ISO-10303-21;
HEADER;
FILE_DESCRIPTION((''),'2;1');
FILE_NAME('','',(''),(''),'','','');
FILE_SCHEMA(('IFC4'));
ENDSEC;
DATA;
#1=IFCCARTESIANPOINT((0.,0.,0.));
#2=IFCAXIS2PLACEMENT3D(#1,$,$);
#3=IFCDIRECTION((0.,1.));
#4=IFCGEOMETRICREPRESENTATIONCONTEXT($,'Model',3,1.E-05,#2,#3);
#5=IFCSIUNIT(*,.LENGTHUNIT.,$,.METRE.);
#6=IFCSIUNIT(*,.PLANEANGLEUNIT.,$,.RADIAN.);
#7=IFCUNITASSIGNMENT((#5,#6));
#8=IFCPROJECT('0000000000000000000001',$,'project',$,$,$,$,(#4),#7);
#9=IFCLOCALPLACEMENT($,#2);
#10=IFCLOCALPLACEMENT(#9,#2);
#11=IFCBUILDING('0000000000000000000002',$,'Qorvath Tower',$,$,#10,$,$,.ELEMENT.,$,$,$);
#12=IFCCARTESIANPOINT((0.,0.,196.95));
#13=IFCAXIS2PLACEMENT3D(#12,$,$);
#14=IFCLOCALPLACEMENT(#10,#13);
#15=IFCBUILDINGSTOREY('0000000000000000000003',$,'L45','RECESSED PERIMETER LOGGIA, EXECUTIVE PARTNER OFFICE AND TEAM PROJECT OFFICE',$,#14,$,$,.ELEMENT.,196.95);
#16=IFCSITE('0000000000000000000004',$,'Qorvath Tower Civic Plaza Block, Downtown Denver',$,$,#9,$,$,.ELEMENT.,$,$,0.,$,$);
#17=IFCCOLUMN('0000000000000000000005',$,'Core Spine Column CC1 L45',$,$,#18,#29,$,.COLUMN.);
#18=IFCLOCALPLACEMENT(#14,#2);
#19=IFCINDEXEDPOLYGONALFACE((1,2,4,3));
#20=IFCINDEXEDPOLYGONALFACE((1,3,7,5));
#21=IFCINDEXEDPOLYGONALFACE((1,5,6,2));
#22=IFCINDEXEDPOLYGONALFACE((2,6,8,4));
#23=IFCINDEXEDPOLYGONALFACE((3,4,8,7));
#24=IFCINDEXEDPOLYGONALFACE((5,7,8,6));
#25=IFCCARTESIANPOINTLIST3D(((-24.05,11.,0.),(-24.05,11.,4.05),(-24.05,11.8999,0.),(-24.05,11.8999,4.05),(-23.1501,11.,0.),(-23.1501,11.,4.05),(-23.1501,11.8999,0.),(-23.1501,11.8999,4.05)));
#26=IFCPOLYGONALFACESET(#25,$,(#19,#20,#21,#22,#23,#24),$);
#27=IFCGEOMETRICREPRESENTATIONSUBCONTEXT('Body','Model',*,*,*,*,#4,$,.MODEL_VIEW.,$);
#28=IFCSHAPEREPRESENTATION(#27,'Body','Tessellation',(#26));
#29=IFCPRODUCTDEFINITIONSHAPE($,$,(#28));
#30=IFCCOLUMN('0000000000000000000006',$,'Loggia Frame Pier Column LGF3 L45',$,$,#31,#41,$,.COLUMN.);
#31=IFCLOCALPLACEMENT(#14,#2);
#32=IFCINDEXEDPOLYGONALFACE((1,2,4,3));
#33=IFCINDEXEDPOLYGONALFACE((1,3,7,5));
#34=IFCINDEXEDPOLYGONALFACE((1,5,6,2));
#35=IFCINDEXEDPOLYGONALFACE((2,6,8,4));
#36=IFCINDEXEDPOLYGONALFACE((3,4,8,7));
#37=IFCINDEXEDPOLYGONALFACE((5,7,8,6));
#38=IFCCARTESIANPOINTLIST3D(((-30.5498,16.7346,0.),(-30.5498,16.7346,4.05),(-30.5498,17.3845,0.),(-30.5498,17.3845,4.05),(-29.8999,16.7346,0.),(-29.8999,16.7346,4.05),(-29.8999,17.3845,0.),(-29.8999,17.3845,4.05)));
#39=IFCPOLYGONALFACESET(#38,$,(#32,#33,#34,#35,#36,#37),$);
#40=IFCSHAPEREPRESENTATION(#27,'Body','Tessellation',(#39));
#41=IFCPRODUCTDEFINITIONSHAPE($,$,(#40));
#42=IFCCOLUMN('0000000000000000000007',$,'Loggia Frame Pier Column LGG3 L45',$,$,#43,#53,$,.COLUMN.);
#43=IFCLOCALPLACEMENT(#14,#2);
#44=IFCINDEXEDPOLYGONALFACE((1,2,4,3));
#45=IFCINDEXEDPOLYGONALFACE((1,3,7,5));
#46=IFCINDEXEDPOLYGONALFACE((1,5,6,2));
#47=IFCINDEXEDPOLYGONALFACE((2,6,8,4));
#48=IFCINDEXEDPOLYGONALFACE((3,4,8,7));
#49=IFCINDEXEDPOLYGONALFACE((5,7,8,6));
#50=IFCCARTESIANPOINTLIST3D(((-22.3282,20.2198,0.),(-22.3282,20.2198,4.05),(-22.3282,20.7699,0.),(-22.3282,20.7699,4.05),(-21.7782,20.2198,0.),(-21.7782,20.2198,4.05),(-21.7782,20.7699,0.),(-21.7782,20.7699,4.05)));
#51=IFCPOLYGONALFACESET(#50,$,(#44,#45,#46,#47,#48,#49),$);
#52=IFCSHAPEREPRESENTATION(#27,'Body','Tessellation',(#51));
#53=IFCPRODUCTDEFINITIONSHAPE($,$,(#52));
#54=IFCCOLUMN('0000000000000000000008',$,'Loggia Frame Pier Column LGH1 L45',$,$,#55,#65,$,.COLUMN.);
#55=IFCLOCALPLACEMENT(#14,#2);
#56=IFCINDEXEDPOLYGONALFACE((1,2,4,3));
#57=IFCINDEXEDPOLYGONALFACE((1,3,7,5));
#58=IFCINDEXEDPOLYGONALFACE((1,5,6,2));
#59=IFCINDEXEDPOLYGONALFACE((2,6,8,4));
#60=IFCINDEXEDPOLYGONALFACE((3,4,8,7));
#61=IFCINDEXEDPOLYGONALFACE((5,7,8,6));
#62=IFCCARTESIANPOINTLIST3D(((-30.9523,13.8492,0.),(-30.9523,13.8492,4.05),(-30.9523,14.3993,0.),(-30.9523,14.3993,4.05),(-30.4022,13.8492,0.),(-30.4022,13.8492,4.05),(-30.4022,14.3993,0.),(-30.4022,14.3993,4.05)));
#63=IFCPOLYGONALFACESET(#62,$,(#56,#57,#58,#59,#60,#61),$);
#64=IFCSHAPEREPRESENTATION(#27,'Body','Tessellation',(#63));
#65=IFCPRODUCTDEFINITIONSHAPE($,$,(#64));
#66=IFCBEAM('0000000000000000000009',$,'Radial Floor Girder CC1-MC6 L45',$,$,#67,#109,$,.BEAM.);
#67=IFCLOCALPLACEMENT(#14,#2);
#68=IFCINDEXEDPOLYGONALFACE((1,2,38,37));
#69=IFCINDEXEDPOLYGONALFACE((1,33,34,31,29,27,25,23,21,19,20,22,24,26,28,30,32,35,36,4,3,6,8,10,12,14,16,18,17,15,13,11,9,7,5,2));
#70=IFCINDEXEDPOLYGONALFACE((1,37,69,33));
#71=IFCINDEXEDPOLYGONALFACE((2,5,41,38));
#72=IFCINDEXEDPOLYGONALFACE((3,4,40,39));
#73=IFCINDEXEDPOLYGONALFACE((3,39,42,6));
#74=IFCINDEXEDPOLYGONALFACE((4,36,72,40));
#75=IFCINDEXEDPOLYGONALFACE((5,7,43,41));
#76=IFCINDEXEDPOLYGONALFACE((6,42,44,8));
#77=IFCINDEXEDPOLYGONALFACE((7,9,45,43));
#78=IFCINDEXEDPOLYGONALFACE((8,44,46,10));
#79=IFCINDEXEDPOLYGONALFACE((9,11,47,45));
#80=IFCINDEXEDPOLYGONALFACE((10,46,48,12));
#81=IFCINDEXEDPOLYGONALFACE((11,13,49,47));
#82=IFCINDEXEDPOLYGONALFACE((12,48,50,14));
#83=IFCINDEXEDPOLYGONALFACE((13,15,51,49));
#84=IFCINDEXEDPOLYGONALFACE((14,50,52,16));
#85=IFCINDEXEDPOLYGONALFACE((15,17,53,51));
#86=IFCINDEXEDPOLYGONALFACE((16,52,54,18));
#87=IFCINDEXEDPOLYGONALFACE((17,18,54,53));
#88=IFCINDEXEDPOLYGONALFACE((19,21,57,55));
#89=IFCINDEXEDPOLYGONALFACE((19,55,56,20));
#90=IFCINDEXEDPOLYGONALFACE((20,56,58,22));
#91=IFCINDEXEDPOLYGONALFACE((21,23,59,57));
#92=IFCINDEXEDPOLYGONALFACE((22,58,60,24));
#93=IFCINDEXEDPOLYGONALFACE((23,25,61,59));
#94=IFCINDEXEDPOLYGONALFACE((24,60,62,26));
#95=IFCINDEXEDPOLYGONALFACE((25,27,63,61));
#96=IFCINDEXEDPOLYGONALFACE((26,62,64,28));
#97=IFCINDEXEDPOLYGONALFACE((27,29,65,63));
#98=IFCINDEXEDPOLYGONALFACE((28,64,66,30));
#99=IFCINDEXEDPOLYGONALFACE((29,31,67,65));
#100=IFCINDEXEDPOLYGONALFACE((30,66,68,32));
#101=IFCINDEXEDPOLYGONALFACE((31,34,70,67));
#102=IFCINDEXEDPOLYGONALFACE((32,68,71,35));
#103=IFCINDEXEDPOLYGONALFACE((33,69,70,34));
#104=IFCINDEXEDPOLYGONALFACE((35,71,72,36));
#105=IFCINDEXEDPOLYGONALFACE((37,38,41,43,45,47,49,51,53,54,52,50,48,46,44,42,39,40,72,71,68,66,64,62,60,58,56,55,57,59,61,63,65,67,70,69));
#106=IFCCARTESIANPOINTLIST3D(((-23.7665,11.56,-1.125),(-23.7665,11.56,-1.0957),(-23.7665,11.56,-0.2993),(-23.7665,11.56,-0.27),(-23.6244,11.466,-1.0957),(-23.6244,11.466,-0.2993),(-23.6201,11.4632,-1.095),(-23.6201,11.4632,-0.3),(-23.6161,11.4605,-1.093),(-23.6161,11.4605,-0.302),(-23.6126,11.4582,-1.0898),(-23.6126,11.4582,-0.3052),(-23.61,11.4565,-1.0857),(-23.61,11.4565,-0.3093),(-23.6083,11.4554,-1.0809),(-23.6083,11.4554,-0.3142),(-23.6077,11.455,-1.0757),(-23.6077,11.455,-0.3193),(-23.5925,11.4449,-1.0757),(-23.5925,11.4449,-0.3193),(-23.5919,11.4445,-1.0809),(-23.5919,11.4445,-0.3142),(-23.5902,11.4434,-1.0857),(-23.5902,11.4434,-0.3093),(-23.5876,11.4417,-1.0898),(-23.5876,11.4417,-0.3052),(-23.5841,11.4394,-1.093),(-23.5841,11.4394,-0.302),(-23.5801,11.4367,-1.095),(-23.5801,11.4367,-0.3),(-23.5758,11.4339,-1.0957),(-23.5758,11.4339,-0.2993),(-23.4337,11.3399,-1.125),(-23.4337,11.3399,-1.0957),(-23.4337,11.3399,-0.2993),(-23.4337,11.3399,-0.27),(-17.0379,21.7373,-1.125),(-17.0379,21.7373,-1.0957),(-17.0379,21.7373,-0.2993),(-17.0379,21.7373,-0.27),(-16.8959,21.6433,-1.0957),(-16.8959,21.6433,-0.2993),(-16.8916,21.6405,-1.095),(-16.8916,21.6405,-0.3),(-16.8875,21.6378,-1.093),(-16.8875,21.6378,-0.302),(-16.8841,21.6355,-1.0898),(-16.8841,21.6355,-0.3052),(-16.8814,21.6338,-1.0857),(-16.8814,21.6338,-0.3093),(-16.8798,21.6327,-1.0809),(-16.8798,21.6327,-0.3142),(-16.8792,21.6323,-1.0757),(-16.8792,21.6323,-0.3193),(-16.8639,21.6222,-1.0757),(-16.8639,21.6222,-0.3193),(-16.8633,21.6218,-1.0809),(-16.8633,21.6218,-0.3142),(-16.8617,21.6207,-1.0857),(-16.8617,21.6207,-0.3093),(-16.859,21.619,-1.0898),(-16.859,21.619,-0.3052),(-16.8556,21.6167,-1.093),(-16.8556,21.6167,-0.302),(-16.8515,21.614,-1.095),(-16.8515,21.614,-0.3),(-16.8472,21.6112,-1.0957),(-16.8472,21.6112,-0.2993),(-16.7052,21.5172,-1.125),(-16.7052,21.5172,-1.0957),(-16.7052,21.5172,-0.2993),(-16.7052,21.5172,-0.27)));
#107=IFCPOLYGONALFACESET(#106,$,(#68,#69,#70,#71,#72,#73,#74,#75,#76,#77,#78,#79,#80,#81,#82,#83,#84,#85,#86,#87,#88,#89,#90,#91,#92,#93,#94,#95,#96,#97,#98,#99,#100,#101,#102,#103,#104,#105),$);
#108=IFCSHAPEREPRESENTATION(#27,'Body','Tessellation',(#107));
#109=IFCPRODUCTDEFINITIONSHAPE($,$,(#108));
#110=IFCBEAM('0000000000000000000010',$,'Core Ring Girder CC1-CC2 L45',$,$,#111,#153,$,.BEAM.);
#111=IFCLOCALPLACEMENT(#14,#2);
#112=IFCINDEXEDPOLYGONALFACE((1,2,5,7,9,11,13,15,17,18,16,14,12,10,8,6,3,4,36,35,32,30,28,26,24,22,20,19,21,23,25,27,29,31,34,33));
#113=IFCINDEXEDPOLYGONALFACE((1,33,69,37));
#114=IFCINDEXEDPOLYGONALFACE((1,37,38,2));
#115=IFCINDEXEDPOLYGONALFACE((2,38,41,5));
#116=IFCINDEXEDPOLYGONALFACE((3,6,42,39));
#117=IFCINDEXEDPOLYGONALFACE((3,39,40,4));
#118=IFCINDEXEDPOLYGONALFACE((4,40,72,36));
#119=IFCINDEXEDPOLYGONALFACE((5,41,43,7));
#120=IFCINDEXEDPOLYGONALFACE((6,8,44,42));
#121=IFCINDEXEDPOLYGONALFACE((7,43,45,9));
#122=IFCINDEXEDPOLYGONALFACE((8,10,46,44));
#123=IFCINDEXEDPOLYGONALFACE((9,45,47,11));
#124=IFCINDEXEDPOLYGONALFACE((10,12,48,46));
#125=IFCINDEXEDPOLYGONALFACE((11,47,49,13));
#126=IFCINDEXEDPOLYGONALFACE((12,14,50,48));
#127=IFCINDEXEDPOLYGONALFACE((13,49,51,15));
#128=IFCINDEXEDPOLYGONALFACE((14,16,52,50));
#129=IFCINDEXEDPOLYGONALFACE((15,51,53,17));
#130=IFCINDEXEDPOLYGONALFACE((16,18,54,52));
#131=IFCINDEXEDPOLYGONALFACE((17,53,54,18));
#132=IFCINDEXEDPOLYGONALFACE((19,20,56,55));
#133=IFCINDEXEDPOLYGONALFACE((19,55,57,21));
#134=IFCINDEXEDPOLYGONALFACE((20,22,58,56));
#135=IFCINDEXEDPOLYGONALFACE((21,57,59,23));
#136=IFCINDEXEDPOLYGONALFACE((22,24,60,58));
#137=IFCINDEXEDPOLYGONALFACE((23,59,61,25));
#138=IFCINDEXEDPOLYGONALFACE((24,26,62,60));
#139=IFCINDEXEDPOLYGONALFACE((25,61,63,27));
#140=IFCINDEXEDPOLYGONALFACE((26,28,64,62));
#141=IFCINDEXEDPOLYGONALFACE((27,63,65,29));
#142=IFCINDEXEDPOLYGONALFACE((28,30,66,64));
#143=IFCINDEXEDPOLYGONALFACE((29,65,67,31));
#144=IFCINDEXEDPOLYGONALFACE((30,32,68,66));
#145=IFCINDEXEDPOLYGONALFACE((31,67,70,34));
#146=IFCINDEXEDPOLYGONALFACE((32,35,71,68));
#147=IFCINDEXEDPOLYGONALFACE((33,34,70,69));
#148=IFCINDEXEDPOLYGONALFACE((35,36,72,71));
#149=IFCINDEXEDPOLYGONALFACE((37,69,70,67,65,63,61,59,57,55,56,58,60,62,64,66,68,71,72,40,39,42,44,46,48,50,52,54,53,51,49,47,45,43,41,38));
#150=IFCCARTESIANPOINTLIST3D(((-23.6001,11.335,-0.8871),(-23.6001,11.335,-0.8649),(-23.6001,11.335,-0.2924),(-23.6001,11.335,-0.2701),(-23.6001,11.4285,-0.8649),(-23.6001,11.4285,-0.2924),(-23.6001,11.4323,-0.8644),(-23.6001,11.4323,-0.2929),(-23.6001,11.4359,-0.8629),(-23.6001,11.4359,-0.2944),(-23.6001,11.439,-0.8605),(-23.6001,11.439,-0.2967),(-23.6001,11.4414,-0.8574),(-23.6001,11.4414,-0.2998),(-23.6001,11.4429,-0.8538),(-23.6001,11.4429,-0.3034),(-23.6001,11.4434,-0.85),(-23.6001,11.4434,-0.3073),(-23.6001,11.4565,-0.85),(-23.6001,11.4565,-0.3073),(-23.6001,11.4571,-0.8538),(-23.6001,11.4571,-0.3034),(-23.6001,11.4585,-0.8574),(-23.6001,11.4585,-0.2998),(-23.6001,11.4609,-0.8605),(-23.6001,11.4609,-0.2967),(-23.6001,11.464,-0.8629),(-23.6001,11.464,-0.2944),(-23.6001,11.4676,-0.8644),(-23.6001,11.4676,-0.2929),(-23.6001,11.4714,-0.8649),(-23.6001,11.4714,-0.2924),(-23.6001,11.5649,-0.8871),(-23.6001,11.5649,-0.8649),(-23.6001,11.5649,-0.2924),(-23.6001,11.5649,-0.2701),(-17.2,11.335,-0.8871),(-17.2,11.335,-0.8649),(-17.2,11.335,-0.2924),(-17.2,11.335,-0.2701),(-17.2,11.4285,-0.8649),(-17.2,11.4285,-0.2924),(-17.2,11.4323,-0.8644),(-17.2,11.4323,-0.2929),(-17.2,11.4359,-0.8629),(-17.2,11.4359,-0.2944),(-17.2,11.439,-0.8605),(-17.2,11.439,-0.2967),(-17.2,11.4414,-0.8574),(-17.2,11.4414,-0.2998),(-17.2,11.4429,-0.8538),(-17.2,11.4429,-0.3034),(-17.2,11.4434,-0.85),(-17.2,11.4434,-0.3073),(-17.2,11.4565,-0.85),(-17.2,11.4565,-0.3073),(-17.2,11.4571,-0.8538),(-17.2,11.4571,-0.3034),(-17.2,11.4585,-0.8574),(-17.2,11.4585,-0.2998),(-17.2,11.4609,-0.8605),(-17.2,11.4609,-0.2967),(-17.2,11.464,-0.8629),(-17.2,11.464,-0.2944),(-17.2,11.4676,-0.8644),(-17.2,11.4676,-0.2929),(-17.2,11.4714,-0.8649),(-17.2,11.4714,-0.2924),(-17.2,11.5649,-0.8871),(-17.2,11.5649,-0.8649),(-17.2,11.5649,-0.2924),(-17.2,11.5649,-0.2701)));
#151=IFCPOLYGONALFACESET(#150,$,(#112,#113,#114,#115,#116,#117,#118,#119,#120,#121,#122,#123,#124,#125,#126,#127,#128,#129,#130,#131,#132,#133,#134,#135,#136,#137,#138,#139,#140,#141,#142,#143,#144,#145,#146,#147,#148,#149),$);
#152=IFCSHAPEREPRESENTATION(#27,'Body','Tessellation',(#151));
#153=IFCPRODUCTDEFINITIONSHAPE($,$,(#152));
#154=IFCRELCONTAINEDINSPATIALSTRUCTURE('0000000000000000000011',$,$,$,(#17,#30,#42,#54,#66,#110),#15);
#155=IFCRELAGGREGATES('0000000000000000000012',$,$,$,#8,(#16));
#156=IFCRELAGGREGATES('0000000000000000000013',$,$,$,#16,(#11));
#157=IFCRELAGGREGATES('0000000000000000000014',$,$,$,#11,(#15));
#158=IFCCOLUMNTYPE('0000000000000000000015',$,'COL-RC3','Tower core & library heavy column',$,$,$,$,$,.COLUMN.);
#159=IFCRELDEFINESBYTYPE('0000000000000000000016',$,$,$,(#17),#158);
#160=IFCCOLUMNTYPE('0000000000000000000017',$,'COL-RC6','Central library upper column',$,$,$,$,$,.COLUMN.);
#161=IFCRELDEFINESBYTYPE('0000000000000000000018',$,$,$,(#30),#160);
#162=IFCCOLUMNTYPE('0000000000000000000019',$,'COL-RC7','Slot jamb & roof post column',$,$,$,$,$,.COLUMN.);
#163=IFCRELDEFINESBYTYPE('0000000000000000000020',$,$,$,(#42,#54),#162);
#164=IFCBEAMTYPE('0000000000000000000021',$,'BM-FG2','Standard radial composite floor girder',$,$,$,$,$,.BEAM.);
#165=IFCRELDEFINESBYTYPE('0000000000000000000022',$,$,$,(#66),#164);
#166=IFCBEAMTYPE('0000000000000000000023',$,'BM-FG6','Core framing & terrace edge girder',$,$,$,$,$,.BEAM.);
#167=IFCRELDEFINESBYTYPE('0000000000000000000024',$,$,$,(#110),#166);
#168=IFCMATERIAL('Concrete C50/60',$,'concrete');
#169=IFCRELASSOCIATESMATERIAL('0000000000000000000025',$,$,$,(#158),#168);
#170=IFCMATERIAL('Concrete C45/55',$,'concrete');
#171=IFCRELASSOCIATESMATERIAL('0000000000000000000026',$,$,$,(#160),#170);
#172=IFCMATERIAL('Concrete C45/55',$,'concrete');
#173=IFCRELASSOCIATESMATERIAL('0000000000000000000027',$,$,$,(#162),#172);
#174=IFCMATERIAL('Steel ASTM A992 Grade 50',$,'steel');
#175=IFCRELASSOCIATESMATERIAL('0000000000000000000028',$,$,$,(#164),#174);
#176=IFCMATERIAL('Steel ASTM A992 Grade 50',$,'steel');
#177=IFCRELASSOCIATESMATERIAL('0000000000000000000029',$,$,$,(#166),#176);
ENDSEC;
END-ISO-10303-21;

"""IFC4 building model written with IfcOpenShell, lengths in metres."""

from ifc_helpers import new_model, si_unit, direction, frame, origin, origin_2d, place, context, subcontext, project, spatial, rectangle, i_section, extrude, material, material_profile, profile_set, type_object, element, save


model = new_model("IFC4")

# Units and contexts
model_context = context("Model", 3, precision=1e-05, world=origin(), true_north=direction((0.0, 1.0)))
body_context = subcontext(model_context, "Body", "Model", "MODEL_VIEW")
ifc_project = project(units=[si_unit("LENGTHUNIT", "METRE"), si_unit("PLANEANGLEUNIT", "RADIAN")], contexts=[model_context])

# Site, building, storey
site_placement = place(None, origin())
site = spatial("IfcSite", under=ifc_project, at=site_placement, Name="Qorvath Tower Civic Plaza Block, Downtown Denver", CompositionType="ELEMENT", RefElevation=0.0)
building_placement = place(site_placement, origin())
building = spatial("IfcBuilding", under=site, at=building_placement, Name="Qorvath Tower", CompositionType="ELEMENT")
storey_placement = place(building_placement, frame((0.0, 0.0, 196.95)))
storey = spatial("IfcBuildingStorey", under=building, at=storey_placement, Name="L45", Description="RECESSED PERIMETER LOGGIA, EXECUTIVE PARTNER OFFICE AND TEAM PROJECT OFFICE", CompositionType="ELEMENT", Elevation=196.95)

# Columns
ifc_material_1 = material(Name="Concrete C50/60", Category="concrete")
ifc_material_profile_1 = material_profile(ifc_material_1, rectangle(XDim=0.8999, YDim=0.8999, at=origin_2d()), Name="RC 900x900")
ifc_profile_set_1 = profile_set([ifc_material_profile_1], Name="Concrete C50/60")
column_type_1 = type_object("IfcColumnType", Name="COL-RC3", Description="Tower core & library heavy column", PredefinedType="COLUMN", material=ifc_profile_set_1)
column_1_placement = place(storey_placement, frame((-23.6001, 11.45, 0.0), z_axis=(0.0, 0.0, 1.0), x_axis=(1.0, 0.0, 0.0)))
element("IfcColumn", 1, at=column_1_placement, inside=storey, type_object=column_type_1, Name="Core Spine Column CC1 L45", PredefinedType="COLUMN", context=body_context, shape_type="SweptSolid", body=[
    extrude(rectangle(XDim=0.8999, YDim=0.8999, at=origin_2d()), origin(), (0.0, 0.0, 1.0), 4.05),
])
ifc_material_2 = material(Name="Concrete C45/55", Category="concrete")
ifc_material_profile_2 = material_profile(ifc_material_2, rectangle(XDim=0.6499, YDim=0.6499, at=origin_2d()), Name="RC 650x650")
ifc_profile_set_2 = profile_set([ifc_material_profile_2], Name="Concrete C45/55")
column_type_2 = type_object("IfcColumnType", Name="COL-RC6", Description="Central library upper column", PredefinedType="COLUMN", material=ifc_profile_set_2)
column_2_placement = place(storey_placement, frame((-30.2249, 17.0596, 0.0), z_axis=(0.0, 0.0, 1.0), x_axis=(1.0, 0.0, 0.0)))
element("IfcColumn", 2, at=column_2_placement, inside=storey, type_object=column_type_2, Name="Loggia Frame Pier Column LGF3 L45", PredefinedType="COLUMN", context=body_context, shape_type="SweptSolid", body=[
    extrude(rectangle(XDim=0.6499, YDim=0.6499, at=origin_2d()), origin(), (0.0, 0.0, 1.0), 4.05),
])
ifc_material_3 = material(Name="Concrete C45/55", Category="concrete")
ifc_material_profile_3 = material_profile(ifc_material_3, rectangle(XDim=0.55, YDim=0.55, at=origin_2d()), Name="RC 550x550")
ifc_profile_set_3 = profile_set([ifc_material_profile_3], Name="Concrete C45/55")
column_type_3 = type_object("IfcColumnType", Name="COL-RC7", Description="Slot jamb & roof post column", PredefinedType="COLUMN", material=ifc_profile_set_3)
for number, where, z_axis, x_axis, name in (
    (3, (-22.0532, 20.4949, 0.0), (0.0, 0.0, 1.0), (1.0, 0.0, 0.0), "Loggia Frame Pier Column LGG3 L45"),
    (4, (-30.6772, 14.1243, 0.0), (0.0, 0.0, 1.0), (1.0, 0.0, 0.0), "Loggia Frame Pier Column LGH1 L45"),
):
    element("IfcColumn", number, at=place(storey_placement, frame(where, z_axis=z_axis, x_axis=x_axis)), inside=storey, type_object=column_type_3, Name=name, PredefinedType="COLUMN", context=body_context, shape_type="SweptSolid", body=[
        extrude(rectangle(XDim=0.55, YDim=0.55, at=origin_2d()), origin(), (0.0, 0.0, 1.0), 4.05),
    ])

# Beams
ifc_material_4 = material(Name="Steel ASTM A992 Grade 50", Category="steel")
ifc_material_profile_4 = material_profile(ifc_material_4, i_section(OverallWidth=0.3989, OverallDepth=0.855, WebThickness=0.0183, FlangeThickness=0.0293, FilletRadius=0.02, at=origin_2d()), Name="W33x201")
ifc_profile_set_4 = profile_set([ifc_material_profile_4], Name="Steel ASTM A992 Grade 50")
beam_type_1 = type_object("IfcBeamType", Name="BM-FG2", Description="Standard radial composite floor girder", PredefinedType="BEAM", material=ifc_profile_set_4)
beam_1_placement = place(storey_placement, frame((-23.6001, 11.45, -0.6975), z_axis=(0.551501, 0.834175, 0.0), x_axis=(-0.834175, 0.551501, 0.0)))
element("IfcBeam", 5, at=beam_1_placement, inside=storey, type_object=beam_type_1, Name="Radial Floor Girder CC1-MC6 L45", PredefinedType="BEAM", context=body_context, shape_type="SweptSolid", body=[
    extrude(i_section(OverallWidth=0.3989, OverallDepth=0.855, WebThickness=0.0183, FlangeThickness=0.0293, FilletRadius=0.02, at=origin_2d()), origin(), (0.0, 0.0, 1.0), 12.2004),
])
ifc_material_5 = material(Name="Steel ASTM A992 Grade 50", Category="steel")
ifc_material_profile_5 = material_profile(ifc_material_5, i_section(OverallWidth=0.23, OverallDepth=0.6169, WebThickness=0.0132, FlangeThickness=0.0222, FilletRadius=0.0149, at=origin_2d()), Name="W24x94")
ifc_profile_set_5 = profile_set([ifc_material_profile_5], Name="Steel ASTM A992 Grade 50")
beam_type_2 = type_object("IfcBeamType", Name="BM-FG6", Description="Core framing & terrace edge girder", PredefinedType="BEAM", material=ifc_profile_set_5)
beam_2_placement = place(storey_placement, frame((-23.6001, 11.45, -0.5786), z_axis=(1.0, 0.0, 0.0), x_axis=(0.0, 1.0, 0.0)))
element("IfcBeam", 6, at=beam_2_placement, inside=storey, type_object=beam_type_2, Name="Core Ring Girder CC1-CC2 L45", PredefinedType="BEAM", context=body_context, shape_type="SweptSolid", body=[
    extrude(i_section(OverallWidth=0.23, OverallDepth=0.6169, WebThickness=0.0132, FlangeThickness=0.0222, FilletRadius=0.0149, at=origin_2d()), origin(), (0.0, 0.0, 1.0), 6.4001),
])

save(model, "model.ifc")
